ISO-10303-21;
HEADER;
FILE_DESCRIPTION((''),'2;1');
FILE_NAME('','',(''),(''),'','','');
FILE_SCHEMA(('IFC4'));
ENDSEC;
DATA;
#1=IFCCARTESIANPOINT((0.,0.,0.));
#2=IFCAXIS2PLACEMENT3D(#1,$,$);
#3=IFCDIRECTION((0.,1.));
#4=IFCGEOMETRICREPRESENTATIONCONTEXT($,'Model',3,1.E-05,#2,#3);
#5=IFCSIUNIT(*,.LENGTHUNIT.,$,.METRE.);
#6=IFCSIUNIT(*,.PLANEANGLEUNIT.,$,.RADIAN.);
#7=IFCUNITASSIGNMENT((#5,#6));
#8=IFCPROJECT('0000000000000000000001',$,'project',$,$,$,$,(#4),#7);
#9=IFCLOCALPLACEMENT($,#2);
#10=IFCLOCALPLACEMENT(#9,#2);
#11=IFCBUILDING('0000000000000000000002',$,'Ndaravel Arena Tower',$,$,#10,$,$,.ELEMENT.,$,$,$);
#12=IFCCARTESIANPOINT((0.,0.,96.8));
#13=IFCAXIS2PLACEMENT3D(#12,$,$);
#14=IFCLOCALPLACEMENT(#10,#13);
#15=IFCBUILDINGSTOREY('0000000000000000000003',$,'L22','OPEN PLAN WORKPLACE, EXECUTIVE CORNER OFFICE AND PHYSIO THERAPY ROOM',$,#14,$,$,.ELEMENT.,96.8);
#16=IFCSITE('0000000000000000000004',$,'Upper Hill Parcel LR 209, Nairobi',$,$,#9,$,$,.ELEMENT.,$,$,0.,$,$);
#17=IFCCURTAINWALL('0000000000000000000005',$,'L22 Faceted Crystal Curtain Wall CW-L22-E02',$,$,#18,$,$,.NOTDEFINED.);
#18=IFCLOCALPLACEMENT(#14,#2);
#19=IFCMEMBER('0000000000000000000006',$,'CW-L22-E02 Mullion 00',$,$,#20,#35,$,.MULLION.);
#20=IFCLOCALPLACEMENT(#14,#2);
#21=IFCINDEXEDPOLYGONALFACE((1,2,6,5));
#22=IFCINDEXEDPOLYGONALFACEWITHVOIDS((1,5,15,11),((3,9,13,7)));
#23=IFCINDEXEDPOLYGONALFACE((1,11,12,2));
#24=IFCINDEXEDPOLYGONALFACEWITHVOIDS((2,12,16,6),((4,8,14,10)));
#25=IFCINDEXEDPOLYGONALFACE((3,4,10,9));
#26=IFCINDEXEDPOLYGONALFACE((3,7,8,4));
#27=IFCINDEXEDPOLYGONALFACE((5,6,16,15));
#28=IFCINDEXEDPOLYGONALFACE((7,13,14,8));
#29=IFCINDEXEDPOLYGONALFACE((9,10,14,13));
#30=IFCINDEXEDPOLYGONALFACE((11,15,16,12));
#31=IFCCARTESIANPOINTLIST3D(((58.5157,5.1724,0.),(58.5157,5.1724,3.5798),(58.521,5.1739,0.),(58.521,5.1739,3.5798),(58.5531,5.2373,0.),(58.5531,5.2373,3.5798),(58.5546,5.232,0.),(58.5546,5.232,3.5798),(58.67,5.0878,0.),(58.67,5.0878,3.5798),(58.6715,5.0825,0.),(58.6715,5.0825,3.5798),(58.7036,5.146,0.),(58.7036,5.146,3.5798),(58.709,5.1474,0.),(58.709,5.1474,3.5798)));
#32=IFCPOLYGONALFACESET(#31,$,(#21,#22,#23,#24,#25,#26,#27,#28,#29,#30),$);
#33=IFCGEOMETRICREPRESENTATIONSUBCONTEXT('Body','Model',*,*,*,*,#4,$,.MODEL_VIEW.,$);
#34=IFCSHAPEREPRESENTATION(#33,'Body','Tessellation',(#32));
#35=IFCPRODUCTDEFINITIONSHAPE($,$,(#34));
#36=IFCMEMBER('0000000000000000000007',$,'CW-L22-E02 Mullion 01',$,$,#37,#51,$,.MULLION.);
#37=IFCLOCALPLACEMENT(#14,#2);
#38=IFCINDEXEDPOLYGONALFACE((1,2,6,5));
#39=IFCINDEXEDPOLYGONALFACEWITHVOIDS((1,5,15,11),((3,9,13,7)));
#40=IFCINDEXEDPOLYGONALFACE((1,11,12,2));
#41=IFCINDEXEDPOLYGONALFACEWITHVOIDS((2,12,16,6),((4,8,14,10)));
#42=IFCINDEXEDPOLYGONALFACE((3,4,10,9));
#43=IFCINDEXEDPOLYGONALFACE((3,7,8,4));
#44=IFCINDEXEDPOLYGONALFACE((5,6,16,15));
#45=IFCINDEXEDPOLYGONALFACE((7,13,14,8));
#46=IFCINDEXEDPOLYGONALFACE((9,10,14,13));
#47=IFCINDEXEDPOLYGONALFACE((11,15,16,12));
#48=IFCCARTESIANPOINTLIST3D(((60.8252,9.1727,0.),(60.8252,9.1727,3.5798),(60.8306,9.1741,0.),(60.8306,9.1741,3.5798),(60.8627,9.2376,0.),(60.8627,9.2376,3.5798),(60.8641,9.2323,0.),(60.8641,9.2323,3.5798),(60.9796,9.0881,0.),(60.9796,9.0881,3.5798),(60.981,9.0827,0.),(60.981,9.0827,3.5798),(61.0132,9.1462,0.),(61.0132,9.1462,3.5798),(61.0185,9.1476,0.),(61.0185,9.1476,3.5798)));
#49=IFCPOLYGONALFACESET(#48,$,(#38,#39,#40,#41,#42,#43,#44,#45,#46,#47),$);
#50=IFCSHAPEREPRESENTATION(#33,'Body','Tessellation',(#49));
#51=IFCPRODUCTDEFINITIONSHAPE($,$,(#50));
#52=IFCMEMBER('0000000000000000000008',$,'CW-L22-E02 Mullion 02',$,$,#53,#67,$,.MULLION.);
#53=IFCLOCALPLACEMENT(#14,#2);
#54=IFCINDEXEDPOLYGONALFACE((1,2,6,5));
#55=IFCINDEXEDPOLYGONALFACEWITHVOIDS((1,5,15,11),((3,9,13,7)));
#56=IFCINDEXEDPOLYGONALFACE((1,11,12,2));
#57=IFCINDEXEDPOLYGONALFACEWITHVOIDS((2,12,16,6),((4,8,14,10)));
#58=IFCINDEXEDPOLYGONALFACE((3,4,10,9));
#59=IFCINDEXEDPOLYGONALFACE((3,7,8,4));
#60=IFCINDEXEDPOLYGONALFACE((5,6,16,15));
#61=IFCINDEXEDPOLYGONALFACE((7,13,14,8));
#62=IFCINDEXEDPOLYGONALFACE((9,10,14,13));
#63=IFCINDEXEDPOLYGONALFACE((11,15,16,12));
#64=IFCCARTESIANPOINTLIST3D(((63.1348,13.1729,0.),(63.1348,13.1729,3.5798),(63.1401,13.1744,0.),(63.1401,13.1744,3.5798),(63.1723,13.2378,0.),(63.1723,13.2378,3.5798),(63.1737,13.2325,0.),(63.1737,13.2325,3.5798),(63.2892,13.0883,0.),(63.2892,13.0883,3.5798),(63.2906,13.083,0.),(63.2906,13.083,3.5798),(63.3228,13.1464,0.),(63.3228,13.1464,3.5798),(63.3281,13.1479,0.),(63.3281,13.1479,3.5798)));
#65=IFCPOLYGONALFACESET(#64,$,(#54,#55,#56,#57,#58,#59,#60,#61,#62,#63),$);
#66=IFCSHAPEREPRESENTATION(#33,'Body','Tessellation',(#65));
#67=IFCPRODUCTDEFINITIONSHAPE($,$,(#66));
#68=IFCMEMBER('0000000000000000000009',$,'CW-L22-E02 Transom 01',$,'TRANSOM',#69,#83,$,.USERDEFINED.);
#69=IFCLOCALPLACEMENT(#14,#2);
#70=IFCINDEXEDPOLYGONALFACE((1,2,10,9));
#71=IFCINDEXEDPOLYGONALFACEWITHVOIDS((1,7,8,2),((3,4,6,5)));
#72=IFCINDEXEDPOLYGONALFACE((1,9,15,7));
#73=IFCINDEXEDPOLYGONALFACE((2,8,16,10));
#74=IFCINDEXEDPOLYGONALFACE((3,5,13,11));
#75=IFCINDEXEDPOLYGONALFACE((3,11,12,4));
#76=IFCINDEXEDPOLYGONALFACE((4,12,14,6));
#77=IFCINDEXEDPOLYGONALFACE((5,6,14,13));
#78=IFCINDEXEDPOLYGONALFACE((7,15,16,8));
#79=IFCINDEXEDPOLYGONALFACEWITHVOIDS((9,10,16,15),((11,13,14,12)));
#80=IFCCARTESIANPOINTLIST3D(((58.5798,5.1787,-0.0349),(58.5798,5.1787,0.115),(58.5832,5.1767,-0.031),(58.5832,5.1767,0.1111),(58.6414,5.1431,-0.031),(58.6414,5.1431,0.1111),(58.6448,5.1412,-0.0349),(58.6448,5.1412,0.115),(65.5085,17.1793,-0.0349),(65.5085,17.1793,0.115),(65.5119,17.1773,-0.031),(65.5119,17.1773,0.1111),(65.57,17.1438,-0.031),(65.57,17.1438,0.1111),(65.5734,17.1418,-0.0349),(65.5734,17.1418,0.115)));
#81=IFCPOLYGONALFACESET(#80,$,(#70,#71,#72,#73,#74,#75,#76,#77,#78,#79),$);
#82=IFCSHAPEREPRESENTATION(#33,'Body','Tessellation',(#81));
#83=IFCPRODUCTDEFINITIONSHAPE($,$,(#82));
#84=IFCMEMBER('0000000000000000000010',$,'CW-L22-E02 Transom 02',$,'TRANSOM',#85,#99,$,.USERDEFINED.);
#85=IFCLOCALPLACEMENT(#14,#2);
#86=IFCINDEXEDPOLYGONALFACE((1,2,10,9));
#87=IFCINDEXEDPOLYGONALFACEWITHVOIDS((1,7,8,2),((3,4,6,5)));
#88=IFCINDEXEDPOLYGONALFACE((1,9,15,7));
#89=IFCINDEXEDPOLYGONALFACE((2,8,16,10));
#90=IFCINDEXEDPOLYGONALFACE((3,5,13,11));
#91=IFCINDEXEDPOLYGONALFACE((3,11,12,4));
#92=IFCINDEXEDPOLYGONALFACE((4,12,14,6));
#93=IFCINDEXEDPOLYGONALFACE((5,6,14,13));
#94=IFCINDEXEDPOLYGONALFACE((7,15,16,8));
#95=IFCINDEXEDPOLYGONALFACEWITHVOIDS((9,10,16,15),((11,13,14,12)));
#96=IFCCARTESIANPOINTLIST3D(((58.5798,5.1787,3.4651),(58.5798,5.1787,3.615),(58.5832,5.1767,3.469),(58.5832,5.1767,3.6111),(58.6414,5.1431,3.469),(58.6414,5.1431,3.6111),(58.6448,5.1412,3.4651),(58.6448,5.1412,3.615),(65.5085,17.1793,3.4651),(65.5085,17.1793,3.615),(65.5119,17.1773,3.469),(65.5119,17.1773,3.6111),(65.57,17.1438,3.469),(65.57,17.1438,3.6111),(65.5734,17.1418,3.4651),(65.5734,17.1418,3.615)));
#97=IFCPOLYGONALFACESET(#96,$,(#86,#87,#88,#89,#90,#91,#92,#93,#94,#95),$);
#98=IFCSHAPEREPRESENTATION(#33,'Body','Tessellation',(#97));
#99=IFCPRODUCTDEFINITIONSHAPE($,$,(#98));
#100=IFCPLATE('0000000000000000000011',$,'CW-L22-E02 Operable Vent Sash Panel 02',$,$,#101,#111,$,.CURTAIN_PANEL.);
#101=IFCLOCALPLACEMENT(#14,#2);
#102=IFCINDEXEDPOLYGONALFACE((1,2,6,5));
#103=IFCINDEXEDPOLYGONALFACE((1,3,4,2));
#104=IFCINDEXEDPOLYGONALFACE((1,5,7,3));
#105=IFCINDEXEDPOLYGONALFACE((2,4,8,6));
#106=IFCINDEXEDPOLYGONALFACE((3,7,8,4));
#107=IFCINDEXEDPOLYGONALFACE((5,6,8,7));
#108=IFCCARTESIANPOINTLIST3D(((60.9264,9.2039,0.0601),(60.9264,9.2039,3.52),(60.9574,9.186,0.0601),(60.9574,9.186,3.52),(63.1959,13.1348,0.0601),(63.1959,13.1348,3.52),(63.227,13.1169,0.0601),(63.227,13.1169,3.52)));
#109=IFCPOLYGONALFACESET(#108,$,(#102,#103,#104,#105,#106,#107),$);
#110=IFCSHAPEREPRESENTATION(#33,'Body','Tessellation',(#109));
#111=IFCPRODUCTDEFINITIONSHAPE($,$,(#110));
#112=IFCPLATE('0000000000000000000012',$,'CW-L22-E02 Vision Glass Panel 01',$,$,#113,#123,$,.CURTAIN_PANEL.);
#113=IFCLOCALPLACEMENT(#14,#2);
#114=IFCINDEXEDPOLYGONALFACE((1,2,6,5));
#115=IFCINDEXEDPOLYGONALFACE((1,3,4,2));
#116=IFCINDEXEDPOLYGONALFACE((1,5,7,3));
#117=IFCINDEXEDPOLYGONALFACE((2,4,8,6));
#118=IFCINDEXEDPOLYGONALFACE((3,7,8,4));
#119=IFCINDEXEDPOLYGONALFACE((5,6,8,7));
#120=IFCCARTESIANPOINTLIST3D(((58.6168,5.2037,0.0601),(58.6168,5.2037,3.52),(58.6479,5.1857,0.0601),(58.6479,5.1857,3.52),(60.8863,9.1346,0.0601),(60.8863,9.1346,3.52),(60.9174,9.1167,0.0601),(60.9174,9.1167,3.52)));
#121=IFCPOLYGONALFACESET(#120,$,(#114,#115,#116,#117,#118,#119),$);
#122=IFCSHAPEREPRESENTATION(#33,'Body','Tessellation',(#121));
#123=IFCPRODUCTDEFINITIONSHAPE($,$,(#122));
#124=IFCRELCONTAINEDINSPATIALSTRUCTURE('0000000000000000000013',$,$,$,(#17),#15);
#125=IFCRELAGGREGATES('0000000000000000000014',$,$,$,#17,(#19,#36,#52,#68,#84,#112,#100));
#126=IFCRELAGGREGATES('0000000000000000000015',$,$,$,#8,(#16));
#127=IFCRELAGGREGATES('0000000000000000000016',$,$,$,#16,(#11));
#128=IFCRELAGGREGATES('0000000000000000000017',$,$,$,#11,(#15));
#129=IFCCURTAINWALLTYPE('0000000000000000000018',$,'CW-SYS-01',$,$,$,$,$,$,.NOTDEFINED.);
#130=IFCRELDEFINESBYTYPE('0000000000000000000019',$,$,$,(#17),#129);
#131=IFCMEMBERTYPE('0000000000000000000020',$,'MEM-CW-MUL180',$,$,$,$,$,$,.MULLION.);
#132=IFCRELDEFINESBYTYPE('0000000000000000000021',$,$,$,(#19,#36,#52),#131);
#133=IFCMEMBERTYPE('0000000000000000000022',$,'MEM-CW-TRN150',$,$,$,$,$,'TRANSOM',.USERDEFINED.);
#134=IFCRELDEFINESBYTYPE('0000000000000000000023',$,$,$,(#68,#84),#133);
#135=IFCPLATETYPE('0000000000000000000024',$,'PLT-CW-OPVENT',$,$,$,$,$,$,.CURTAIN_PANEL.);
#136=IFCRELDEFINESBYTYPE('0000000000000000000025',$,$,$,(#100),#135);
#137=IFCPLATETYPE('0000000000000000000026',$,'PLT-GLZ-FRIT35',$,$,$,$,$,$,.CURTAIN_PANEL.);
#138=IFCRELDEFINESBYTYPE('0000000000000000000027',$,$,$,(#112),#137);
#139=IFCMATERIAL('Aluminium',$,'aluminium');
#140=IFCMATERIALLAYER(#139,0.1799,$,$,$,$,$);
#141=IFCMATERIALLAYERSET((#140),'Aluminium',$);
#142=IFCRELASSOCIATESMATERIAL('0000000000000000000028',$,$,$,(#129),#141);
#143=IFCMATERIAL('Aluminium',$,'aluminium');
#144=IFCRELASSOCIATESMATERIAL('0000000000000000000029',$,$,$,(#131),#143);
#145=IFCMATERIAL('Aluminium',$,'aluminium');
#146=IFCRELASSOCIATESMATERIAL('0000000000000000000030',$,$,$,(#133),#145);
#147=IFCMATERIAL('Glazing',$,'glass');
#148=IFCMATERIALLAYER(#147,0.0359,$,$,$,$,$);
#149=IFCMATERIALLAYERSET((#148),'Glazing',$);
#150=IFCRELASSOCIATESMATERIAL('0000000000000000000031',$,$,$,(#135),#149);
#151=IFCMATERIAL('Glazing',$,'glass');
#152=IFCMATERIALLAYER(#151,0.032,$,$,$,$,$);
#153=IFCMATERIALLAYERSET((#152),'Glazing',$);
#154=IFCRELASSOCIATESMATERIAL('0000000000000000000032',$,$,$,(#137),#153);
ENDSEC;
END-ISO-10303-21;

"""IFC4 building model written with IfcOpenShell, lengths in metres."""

from ifc_helpers import new_model, si_unit, direction, frame, origin, origin_2d, place, context, subcontext, project, spatial, rectangle, hollow_rectangle, extrude, material, layer, layer_set, material_profile, profile_set, type_object, element, aggregate, save


model = new_model("IFC4")

# Units and contexts
model_context = context("Model", 3, precision=1e-05, world=origin(), true_north=direction((0.0, 1.0)))
body_context = subcontext(model_context, "Body", "Model", "MODEL_VIEW")
ifc_project = project(units=[si_unit("LENGTHUNIT", "METRE"), si_unit("PLANEANGLEUNIT", "RADIAN")], contexts=[model_context])

# Site, building, storey
site_placement = place(None, origin())
site = spatial("IfcSite", under=ifc_project, at=site_placement, Name="Upper Hill Parcel LR 209, Nairobi", CompositionType="ELEMENT", RefElevation=0.0)
building_placement = place(site_placement, origin())
building = spatial("IfcBuilding", under=site, at=building_placement, Name="Ndaravel Arena Tower", CompositionType="ELEMENT")
storey_placement = place(building_placement, frame((0.0, 0.0, 96.8)))
storey = spatial("IfcBuildingStorey", under=building, at=storey_placement, Name="L22", Description="OPEN PLAN WORKPLACE, EXECUTIVE CORNER OFFICE AND PHYSIO THERAPY ROOM", CompositionType="ELEMENT", Elevation=96.8)

# Curtain wall, members, plates
ifc_material_1 = material(Name="Aluminium", Category="aluminium")
ifc_layer_1 = layer(ifc_material_1, 0.1799)
ifc_layer_set_1 = layer_set([ifc_layer_1], Name="Aluminium")
curtain_wall_type = type_object("IfcCurtainWallType", Name="CW-SYS-01", PredefinedType="NOTDEFINED", material=ifc_layer_set_1)
curtain_wall_placement = place(storey_placement, origin())
curtain_wall = element("IfcCurtainWall", 1, at=curtain_wall_placement, inside=storey, type_object=curtain_wall_type, Name="L22 Faceted Crystal Curtain Wall CW-L22-E02", PredefinedType="NOTDEFINED")
ifc_material_2 = material(Name="Aluminium", Category="aluminium")
ifc_material_profile_1 = material_profile(ifc_material_2, hollow_rectangle(XDim=0.075, YDim=0.1799, WallThickness=0.0039, at=origin_2d()), Name="CW MULLION 75x180x4")
ifc_profile_set_1 = profile_set([ifc_material_profile_1], Name="Aluminium")
member_type_1 = type_object("IfcMemberType", Name="MEM-CW-MUL180", PredefinedType="MULLION", material=ifc_profile_set_1)
member_1_placement = place(storey_placement, frame((58.6123, 5.1599, 0.0), z_axis=(0.0, 0.0, 1.0), x_axis=(0.5, 0.866025, 0.0)))
member_1 = element("IfcMember", 2, at=member_1_placement, type_object=member_type_1, Name="CW-L22-E02 Mullion 00", PredefinedType="MULLION", context=body_context, shape_type="SweptSolid", body=[
    extrude(hollow_rectangle(XDim=0.075, YDim=0.1799, WallThickness=0.0039, at=origin_2d()), origin(), (0.0, 0.0, 1.0), 3.5798),
])
member_2_placement = place(storey_placement, frame((60.9219, 9.1602, 0.0), z_axis=(0.0, 0.0, 1.0), x_axis=(0.5, 0.866025, 0.0)))
member_2 = element("IfcMember", 3, at=member_2_placement, type_object=member_type_1, Name="CW-L22-E02 Mullion 01", PredefinedType="MULLION", context=body_context, shape_type="SweptSolid", body=[
    extrude(hollow_rectangle(XDim=0.075, YDim=0.1799, WallThickness=0.0039, at=origin_2d()), origin(), (0.0, 0.0, 1.0), 3.5798),
])
member_3_placement = place(storey_placement, frame((63.2314, 13.1604, 0.0), z_axis=(0.0, 0.0, 1.0), x_axis=(0.5, 0.866025, 0.0)))
member_3 = element("IfcMember", 4, at=member_3_placement, type_object=member_type_1, Name="CW-L22-E02 Mullion 02", PredefinedType="MULLION", context=body_context, shape_type="SweptSolid", body=[
    extrude(hollow_rectangle(XDim=0.075, YDim=0.1799, WallThickness=0.0039, at=origin_2d()), origin(), (0.0, 0.0, 1.0), 3.5798),
])
ifc_material_3 = material(Name="Aluminium", Category="aluminium")
ifc_material_profile_2 = material_profile(ifc_material_3, hollow_rectangle(XDim=0.075, YDim=0.1499, WallThickness=0.0039, at=origin_2d()), Name="CW TRANSOM 75x150x4")
ifc_profile_set_2 = profile_set([ifc_material_profile_2], Name="Aluminium")
member_type_2 = type_object("IfcMemberType", Name="MEM-CW-TRN150", ElementType="TRANSOM", PredefinedType="USERDEFINED", material=ifc_profile_set_2)
member_4_placement = place(storey_placement, frame((58.6123, 5.1599, 0.04), z_axis=(0.500005, 0.866023, 0.0), x_axis=(-0.866023, 0.500005, 0.0)))
member_4 = element("IfcMember", 5, at=member_4_placement, type_object=member_type_2, Name="CW-L22-E02 Transom 01", ObjectType="TRANSOM", PredefinedType="USERDEFINED", context=body_context, shape_type="SweptSolid", body=[
    extrude(hollow_rectangle(XDim=0.075, YDim=0.1499, WallThickness=0.0039, at=origin_2d()), origin(), (0.0, 0.0, 1.0), 13.8572),
])
member_5_placement = place(storey_placement, frame((58.6123, 5.1599, 3.54), z_axis=(0.500005, 0.866023, 0.0), x_axis=(-0.866023, 0.500005, 0.0)))
member_5 = element("IfcMember", 6, at=member_5_placement, type_object=member_type_2, Name="CW-L22-E02 Transom 02", ObjectType="TRANSOM", PredefinedType="USERDEFINED", context=body_context, shape_type="SweptSolid", body=[
    extrude(hollow_rectangle(XDim=0.075, YDim=0.1499, WallThickness=0.0039, at=origin_2d()), origin(), (0.0, 0.0, 1.0), 13.8572),
])
ifc_material_4 = material(Name="Glazing", Category="glass")
ifc_layer_2 = layer(ifc_material_4, 0.0359)
ifc_layer_set_2 = layer_set([ifc_layer_2], Name="Glazing")
plate_type_1 = type_object("IfcPlateType", Name="PLT-CW-OPVENT", PredefinedType="CURTAIN_PANEL", material=ifc_layer_set_2)
plate_1_placement = place(storey_placement, frame((62.0767, 11.1604, 0.0601), z_axis=(0.0, 0.0, 1.0), x_axis=(0.5, 0.866025, 0.0)))
plate_1 = element("IfcPlate", 7, at=plate_1_placement, type_object=plate_type_1, Name="CW-L22-E02 Operable Vent Sash Panel 02", PredefinedType="CURTAIN_PANEL", context=body_context, shape_type="SweptSolid", body=[
    extrude(rectangle(XDim=4.5391, YDim=0.0359, at=origin_2d()), origin(), (0.0, 0.0, 1.0), 3.46),
])
ifc_material_5 = material(Name="Glazing", Category="glass")
ifc_layer_3 = layer(ifc_material_5, 0.032)
ifc_layer_set_3 = layer_set([ifc_layer_3], Name="Glazing")
plate_type_2 = type_object("IfcPlateType", Name="PLT-GLZ-FRIT35", PredefinedType="CURTAIN_PANEL", material=ifc_layer_set_3)
plate_2_placement = place(storey_placement, frame((59.7671, 7.1602, 0.0601), z_axis=(0.0, 0.0, 1.0), x_axis=(0.5, 0.866025, 0.0)))
plate_2 = element("IfcPlate", 8, at=plate_2_placement, type_object=plate_type_2, Name="CW-L22-E02 Vision Glass Panel 01", PredefinedType="CURTAIN_PANEL", context=body_context, shape_type="SweptSolid", body=[
    extrude(rectangle(XDim=4.5391, YDim=0.0359, at=origin_2d()), origin(), (0.0, 0.0, 1.0), 3.46),
])
aggregate(curtain_wall, [member_1, member_2, member_3, member_4, member_5, plate_2, plate_1])

save(model, "model.ifc")
